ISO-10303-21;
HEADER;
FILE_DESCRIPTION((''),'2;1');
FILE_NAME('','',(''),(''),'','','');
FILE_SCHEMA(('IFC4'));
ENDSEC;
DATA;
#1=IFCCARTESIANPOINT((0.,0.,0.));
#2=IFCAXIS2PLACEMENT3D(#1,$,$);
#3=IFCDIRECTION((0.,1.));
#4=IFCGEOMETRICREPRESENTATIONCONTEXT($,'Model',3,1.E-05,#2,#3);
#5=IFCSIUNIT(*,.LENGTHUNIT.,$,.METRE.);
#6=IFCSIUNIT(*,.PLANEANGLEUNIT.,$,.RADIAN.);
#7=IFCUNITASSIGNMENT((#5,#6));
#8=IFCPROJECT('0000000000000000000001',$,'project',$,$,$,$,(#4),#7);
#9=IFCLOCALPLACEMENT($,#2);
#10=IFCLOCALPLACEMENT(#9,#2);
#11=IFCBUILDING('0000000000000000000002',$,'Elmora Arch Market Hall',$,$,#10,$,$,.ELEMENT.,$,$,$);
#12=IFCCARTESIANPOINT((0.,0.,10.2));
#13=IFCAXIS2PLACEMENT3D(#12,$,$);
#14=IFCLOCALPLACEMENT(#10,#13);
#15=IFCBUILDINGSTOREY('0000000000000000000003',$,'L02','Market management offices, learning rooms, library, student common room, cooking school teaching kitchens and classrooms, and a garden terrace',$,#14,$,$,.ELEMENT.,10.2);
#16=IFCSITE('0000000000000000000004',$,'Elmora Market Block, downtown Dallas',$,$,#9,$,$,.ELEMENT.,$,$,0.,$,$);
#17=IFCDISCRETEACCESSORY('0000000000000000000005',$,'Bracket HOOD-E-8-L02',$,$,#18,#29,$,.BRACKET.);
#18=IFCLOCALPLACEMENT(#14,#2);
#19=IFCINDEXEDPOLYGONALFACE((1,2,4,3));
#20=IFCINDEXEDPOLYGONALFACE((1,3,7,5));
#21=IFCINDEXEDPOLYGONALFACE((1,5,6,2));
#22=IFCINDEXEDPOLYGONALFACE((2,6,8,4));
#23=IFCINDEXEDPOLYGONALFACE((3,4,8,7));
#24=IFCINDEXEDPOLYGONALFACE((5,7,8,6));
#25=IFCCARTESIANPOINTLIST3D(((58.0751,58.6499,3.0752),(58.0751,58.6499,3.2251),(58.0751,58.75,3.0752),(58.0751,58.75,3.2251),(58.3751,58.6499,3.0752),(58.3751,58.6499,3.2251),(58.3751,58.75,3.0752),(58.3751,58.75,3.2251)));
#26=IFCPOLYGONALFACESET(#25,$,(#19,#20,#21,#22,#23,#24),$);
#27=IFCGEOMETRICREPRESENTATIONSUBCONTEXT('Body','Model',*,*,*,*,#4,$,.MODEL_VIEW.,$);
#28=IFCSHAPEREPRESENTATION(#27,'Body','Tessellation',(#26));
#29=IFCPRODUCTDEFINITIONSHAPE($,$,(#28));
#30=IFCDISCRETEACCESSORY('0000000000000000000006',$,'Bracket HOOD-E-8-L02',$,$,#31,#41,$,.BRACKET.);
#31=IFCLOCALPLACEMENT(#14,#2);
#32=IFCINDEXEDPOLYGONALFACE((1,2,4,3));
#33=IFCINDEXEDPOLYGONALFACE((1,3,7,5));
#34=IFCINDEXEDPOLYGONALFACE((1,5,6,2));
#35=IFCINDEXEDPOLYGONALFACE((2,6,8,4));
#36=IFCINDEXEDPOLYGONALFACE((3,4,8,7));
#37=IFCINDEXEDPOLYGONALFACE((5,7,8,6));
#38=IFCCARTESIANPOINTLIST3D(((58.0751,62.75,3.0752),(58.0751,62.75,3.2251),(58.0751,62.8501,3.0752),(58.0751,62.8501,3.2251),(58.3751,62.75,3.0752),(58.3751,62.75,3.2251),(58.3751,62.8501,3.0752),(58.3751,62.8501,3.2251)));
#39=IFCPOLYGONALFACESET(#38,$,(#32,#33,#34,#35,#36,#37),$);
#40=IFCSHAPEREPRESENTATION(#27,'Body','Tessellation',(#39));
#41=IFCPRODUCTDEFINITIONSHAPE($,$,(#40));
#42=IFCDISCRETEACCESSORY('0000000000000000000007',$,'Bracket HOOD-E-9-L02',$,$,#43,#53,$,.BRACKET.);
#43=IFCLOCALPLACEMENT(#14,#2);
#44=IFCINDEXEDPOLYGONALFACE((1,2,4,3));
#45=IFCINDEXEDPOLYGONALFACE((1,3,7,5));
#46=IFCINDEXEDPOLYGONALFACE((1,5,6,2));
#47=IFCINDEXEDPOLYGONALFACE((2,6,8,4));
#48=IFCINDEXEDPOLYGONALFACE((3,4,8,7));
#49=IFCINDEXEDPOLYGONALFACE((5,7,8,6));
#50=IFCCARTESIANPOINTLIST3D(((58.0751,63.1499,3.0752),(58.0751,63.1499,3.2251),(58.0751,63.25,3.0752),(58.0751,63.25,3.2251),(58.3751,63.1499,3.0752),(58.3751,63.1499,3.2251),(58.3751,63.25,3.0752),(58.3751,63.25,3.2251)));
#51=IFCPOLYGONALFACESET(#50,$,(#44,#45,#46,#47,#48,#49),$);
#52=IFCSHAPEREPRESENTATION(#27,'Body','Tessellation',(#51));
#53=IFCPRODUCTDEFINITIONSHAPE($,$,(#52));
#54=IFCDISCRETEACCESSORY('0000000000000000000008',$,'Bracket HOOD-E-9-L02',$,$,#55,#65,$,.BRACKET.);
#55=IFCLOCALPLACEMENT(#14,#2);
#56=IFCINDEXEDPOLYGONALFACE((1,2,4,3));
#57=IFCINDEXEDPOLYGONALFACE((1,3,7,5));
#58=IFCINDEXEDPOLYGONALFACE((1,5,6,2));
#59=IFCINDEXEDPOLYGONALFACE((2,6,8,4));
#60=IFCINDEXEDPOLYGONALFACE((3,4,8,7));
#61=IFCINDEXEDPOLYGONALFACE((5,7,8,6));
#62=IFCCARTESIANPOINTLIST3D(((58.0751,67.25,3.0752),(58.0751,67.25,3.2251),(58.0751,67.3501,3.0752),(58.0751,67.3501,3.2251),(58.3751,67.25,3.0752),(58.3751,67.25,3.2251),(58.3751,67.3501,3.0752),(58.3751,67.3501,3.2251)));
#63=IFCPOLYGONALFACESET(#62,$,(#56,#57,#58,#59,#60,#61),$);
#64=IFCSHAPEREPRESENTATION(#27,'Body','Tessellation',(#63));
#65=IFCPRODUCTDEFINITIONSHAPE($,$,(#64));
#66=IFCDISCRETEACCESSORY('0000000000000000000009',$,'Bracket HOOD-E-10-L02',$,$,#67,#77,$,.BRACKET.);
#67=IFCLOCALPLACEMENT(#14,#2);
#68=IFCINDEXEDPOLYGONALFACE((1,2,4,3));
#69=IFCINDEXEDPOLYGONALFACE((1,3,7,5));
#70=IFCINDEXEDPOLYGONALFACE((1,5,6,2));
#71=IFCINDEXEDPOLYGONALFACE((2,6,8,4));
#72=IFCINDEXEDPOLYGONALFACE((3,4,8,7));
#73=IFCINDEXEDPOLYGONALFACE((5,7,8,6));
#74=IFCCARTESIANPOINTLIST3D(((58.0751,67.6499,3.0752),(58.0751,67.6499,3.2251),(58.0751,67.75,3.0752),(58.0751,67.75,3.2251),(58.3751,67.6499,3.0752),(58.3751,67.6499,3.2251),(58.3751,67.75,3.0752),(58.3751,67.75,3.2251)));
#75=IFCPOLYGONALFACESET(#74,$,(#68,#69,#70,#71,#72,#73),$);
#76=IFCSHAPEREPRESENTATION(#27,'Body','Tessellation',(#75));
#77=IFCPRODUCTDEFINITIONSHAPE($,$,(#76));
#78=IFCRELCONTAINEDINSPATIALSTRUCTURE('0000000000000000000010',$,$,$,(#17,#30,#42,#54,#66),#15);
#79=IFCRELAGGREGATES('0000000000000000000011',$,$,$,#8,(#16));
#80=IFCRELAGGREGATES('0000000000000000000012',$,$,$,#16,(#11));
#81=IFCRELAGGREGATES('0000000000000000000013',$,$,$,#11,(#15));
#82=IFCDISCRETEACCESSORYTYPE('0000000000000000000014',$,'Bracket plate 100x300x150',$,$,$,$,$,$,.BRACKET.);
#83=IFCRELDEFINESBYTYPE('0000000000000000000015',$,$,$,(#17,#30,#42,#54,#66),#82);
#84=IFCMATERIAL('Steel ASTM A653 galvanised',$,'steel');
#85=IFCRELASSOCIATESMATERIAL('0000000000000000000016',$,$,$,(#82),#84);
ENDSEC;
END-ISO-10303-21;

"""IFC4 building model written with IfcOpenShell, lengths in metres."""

from ifc_helpers import new_model, si_unit, direction, frame, origin, origin_2d, place, context, subcontext, project, spatial, rectangle, extrude, material, type_object, element, save


model = new_model("IFC4")

# Units and contexts
model_context = context("Model", 3, precision=1e-05, world=origin(), true_north=direction((0.0, 1.0)))
body_context = subcontext(model_context, "Body", "Model", "MODEL_VIEW")
ifc_project = project(units=[si_unit("LENGTHUNIT", "METRE"), si_unit("PLANEANGLEUNIT", "RADIAN")], contexts=[model_context])

# Site, building, storey
site_placement = place(None, origin())
site = spatial("IfcSite", under=ifc_project, at=site_placement, Name="Elmora Market Block, downtown Dallas", CompositionType="ELEMENT", RefElevation=0.0)
building_placement = place(site_placement, origin())
building = spatial("IfcBuilding", under=site, at=building_placement, Name="Elmora Arch Market Hall", CompositionType="ELEMENT")
storey_placement = place(building_placement, frame((0.0, 0.0, 10.2)))
storey = spatial("IfcBuildingStorey", under=building, at=storey_placement, Name="L02", Description="Market management offices, learning rooms, library, student common room, cooking school teaching kitchens and classrooms, and a garden terrace", CompositionType="ELEMENT", Elevation=10.2)

# Discrete accessories
ifc_material_1 = material(Name="Steel ASTM A653 galvanised", Category="steel")
discrete_accessory_type = type_object("IfcDiscreteAccessoryType", Name="Bracket plate 100x300x150", PredefinedType="BRACKET", material=ifc_material_1)
for number, where, z_axis, x_axis, name in (
    (1, (58.2251, 58.7, 3.0752), (0.0, 0.0, 1.0), (1.0, 0.0, 0.0), "Bracket HOOD-E-8-L02"),
    (2, (58.2251, 62.8, 3.0752), (0.0, 0.0, 1.0), (1.0, 0.0, 0.0), "Bracket HOOD-E-8-L02"),
    (3, (58.2251, 63.2, 3.0752), (0.0, 0.0, 1.0), (1.0, 0.0, 0.0), "Bracket HOOD-E-9-L02"),
    (4, (58.2251, 67.3, 3.0752), (0.0, 0.0, 1.0), (1.0, 0.0, 0.0), "Bracket HOOD-E-9-L02"),
    (5, (58.2251, 67.7, 3.0752), (0.0, 0.0, 1.0), (1.0, 0.0, 0.0), "Bracket HOOD-E-10-L02"),
):
    element("IfcDiscreteAccessory", number, at=place(storey_placement, frame(where, z_axis=z_axis, x_axis=x_axis)), inside=storey, type_object=discrete_accessory_type, Name=name, PredefinedType="BRACKET", context=body_context, shape_type="SweptSolid", body=[
        extrude(rectangle(XDim=0.3, YDim=0.1001, at=origin_2d()), origin(), (0.0, 0.0, 1.0), 0.1499),
    ])

save(model, "model.ifc")
